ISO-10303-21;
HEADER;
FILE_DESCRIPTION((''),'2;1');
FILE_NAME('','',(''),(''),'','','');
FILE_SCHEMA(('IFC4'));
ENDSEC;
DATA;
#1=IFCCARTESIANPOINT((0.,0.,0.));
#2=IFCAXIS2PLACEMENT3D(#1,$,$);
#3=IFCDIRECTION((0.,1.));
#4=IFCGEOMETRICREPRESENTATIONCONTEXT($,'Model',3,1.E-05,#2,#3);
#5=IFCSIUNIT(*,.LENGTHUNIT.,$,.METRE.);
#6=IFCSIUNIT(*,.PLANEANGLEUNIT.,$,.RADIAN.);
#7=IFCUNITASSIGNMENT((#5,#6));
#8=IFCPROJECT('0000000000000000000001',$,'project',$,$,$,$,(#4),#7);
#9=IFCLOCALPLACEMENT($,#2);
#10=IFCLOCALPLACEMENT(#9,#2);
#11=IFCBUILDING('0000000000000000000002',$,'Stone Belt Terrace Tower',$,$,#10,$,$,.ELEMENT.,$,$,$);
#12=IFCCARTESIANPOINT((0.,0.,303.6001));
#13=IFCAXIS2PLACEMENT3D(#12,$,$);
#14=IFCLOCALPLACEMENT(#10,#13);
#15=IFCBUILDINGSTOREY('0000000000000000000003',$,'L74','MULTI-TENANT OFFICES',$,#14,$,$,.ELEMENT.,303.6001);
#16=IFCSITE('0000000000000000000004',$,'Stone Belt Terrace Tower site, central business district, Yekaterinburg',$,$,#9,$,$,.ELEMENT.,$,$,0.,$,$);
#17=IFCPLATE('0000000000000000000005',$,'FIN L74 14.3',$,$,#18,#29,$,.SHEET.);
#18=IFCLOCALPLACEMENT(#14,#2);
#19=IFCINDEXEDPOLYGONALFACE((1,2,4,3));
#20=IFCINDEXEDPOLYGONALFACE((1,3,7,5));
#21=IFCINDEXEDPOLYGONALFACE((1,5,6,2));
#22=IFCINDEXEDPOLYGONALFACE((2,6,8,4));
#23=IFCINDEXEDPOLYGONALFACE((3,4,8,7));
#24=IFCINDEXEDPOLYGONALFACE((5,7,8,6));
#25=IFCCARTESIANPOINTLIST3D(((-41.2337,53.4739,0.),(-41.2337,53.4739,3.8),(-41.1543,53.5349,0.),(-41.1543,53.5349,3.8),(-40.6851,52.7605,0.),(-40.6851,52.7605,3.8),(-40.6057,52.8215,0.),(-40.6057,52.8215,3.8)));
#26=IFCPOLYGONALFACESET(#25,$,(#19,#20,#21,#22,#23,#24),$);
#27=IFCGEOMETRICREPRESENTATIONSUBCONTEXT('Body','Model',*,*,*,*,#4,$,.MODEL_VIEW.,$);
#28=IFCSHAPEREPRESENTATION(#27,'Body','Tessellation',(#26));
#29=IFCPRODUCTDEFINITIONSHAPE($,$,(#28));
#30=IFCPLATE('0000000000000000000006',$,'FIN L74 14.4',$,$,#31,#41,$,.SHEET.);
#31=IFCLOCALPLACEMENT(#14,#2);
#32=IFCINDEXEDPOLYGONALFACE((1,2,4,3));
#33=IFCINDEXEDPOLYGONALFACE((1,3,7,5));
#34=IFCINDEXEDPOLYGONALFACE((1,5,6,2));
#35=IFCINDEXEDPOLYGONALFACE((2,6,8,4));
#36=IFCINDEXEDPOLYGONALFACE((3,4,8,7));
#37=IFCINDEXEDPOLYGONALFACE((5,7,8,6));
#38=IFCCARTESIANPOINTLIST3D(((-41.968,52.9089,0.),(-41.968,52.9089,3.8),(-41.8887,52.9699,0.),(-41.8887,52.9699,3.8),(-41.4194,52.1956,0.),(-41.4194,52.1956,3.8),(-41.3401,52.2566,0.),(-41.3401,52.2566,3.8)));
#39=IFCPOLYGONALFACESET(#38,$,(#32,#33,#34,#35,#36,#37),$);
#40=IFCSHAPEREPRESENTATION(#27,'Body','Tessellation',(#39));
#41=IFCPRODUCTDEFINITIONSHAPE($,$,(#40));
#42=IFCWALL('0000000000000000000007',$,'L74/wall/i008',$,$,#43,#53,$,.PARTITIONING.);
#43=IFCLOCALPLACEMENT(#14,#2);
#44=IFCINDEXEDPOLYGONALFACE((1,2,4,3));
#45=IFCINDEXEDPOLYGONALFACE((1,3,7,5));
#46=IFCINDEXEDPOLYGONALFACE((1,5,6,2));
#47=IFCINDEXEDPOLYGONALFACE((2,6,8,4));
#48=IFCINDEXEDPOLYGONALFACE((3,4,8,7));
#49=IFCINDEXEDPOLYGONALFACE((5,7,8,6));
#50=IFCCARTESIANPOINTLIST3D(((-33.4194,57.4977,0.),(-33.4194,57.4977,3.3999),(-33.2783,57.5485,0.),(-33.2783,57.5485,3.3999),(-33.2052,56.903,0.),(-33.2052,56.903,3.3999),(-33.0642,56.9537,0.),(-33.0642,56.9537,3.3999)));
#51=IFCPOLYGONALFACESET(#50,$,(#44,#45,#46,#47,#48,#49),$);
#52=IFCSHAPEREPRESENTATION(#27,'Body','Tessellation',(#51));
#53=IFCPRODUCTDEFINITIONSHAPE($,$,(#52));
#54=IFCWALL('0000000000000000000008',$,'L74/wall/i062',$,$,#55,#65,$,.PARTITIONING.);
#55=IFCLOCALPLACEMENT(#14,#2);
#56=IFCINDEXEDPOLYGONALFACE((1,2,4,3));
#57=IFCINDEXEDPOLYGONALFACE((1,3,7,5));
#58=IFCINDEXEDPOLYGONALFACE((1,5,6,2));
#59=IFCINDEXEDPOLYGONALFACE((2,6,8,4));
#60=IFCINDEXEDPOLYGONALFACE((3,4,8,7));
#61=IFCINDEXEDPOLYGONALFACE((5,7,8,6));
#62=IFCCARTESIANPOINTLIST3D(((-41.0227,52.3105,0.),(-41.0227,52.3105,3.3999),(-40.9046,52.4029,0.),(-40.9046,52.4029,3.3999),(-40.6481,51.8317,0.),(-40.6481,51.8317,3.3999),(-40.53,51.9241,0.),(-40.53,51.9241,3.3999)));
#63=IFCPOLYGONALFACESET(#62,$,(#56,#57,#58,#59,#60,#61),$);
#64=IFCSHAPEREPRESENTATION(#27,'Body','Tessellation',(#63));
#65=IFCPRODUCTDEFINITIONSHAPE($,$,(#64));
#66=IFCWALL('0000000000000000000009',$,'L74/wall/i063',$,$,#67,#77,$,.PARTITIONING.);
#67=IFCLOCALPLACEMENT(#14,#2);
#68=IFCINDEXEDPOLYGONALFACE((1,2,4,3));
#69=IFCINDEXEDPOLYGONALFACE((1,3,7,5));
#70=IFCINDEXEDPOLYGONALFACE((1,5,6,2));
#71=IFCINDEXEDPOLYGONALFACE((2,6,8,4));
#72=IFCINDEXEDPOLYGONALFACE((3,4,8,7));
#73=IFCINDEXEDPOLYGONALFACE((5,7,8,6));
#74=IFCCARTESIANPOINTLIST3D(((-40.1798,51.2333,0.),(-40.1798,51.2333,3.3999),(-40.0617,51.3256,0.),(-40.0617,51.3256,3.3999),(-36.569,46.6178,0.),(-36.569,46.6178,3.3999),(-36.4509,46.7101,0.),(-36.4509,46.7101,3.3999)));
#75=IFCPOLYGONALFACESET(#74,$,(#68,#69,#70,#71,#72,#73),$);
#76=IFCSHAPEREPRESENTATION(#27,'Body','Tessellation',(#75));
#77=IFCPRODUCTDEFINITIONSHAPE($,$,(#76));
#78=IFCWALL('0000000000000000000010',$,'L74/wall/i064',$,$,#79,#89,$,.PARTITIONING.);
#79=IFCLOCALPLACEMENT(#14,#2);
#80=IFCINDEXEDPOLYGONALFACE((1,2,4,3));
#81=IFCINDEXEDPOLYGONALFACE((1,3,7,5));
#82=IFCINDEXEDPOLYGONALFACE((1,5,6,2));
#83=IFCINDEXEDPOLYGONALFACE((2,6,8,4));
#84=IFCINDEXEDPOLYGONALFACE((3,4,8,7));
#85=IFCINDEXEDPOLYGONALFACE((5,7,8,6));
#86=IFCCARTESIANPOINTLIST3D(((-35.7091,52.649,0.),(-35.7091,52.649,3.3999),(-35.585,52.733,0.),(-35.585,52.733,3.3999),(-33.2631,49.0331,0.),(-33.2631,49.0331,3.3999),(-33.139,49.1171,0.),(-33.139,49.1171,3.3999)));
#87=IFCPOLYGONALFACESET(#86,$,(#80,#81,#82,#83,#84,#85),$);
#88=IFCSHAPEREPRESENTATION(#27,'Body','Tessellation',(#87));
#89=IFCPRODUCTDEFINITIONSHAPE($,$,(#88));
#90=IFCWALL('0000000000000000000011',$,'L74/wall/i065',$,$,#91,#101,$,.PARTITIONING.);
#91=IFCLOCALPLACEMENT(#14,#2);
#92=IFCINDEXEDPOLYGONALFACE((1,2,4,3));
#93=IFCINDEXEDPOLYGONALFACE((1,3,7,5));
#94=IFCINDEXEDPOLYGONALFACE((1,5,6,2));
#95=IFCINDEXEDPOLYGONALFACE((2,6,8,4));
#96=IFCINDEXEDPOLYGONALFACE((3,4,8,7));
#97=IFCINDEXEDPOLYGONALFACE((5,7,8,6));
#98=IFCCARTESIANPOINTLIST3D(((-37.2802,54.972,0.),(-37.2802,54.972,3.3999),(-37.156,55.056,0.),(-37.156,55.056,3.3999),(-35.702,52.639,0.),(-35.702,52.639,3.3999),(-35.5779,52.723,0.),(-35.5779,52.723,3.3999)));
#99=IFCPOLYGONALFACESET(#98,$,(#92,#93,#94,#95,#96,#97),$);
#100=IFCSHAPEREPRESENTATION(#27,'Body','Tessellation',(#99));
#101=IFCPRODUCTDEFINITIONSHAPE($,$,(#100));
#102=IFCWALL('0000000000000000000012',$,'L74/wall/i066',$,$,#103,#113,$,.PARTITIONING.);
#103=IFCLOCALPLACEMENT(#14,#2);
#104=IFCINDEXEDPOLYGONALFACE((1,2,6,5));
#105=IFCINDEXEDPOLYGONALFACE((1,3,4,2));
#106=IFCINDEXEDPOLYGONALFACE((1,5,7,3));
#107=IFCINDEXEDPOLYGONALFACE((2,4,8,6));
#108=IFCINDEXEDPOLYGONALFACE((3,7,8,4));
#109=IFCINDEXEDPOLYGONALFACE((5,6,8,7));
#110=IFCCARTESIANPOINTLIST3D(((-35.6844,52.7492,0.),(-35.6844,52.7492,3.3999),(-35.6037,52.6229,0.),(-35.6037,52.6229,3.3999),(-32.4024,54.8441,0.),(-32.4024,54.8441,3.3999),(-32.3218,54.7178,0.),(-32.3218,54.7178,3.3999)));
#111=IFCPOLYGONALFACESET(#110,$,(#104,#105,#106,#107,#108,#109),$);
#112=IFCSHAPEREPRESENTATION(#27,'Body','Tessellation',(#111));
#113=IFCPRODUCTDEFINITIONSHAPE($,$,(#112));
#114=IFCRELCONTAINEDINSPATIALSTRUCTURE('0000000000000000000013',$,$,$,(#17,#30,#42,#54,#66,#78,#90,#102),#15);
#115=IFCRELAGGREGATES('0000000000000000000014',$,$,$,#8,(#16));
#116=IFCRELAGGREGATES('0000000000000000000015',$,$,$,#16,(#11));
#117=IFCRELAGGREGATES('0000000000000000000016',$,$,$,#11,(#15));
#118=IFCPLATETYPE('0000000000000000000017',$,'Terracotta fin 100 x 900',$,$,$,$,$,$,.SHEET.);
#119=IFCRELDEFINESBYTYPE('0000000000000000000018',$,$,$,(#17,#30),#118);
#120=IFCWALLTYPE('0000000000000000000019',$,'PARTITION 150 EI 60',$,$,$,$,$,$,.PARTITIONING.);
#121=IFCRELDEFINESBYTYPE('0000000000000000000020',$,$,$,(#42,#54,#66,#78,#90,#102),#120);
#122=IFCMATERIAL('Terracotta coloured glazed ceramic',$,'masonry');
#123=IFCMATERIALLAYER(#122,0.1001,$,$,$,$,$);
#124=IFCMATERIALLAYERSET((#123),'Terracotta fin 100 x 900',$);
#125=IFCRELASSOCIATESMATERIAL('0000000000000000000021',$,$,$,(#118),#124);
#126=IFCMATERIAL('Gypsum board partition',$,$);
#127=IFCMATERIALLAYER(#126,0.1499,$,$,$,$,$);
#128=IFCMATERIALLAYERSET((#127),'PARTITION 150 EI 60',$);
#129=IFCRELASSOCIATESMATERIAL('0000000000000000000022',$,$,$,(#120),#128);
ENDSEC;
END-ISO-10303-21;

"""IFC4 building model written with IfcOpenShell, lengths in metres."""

from ifc_helpers import new_model, si_unit, direction, frame, frame_2d, origin, origin_2d, place, context, subcontext, project, spatial, rectangle, extrude, material, layer, layer_set, type_object, element, save


model = new_model("IFC4")

# Units and contexts
model_context = context("Model", 3, precision=1e-05, world=origin(), true_north=direction((0.0, 1.0)))
body_context = subcontext(model_context, "Body", "Model", "MODEL_VIEW")
ifc_project = project(units=[si_unit("LENGTHUNIT", "METRE"), si_unit("PLANEANGLEUNIT", "RADIAN")], contexts=[model_context])

# Site, building, storey
site_placement = place(None, origin())
site = spatial("IfcSite", under=ifc_project, at=site_placement, Name="Stone Belt Terrace Tower site, central business district, Yekaterinburg", CompositionType="ELEMENT", RefElevation=0.0)
building_placement = place(site_placement, origin())
building = spatial("IfcBuilding", under=site, at=building_placement, Name="Stone Belt Terrace Tower", CompositionType="ELEMENT")
storey_placement = place(building_placement, frame((0.0, 0.0, 303.6001)))
storey = spatial("IfcBuildingStorey", under=building, at=storey_placement, Name="L74", Description="MULTI-TENANT OFFICES", CompositionType="ELEMENT", Elevation=303.6001)

# Plates
ifc_material_1 = material(Name="Terracotta coloured glazed ceramic", Category="masonry")
ifc_layer_1 = layer(ifc_material_1, 0.1001)
ifc_layer_set_1 = layer_set([ifc_layer_1], Name="Terracotta fin 100 x 900")
plate_type_1 = type_object("IfcPlateType", Name="Terracotta fin 100 x 900", PredefinedType="SHEET", material=ifc_layer_set_1)
for number, where, z_axis, x_axis, name in (
    (1, (-40.9197, 53.1477, 0.0), (0.0, 0.0, 1.0), (-0.60962, 0.792694, 0.0), "FIN L74 14.3"),
    (2, (-41.6541, 52.5828, 0.0), (0.0, 0.0, 1.0), (-0.60962, 0.792694, 0.0), "FIN L74 14.4"),
):
    element("IfcPlate", number, at=place(storey_placement, frame(where, z_axis=z_axis, x_axis=x_axis)), inside=storey, type_object=plate_type_1, Name=name, PredefinedType="SHEET", context=body_context, shape_type="SweptSolid", body=[
        extrude(rectangle(XDim=0.8999, YDim=0.1001, at=origin_2d()), origin(), (0.0, 0.0, 1.0), 3.8),
    ])

# Walls
ifc_material_2 = material(Name="Gypsum board partition")
ifc_layer_2 = layer(ifc_material_2, 0.1499)
ifc_layer_set_2 = layer_set([ifc_layer_2], Name="PARTITION 150 EI 60")
wall_type = type_object("IfcWallType", Name="PARTITION 150 EI 60", PredefinedType="PARTITIONING", material=ifc_layer_set_2)
wall_1_placement = place(storey_placement, frame((-33.1348, 56.9285, 0.0), z_axis=(0.0, 0.0, 1.0), x_axis=(-0.338733, 0.940882, 0.0)))
element("IfcWall", 3, at=wall_1_placement, inside=storey, type_object=wall_type, Name="L74/wall/i008", PredefinedType="PARTITIONING", context=body_context, shape_type="SweptSolid", body=[
    extrude(rectangle(XDim=0.6321, YDim=0.1499, at=frame_2d((0.3159, 0.0))), origin(), (0.0, 0.0, 1.0), 3.3999),
])
wall_2_placement = place(storey_placement, frame((-40.9636, 52.3567, 0.0), z_axis=(0.0, 0.0, 1.0), x_axis=(0.616135, -0.787641, 0.0)))
element("IfcWall", 4, at=wall_2_placement, inside=storey, type_object=wall_type, Name="L74/wall/i062", PredefinedType="PARTITIONING", context=body_context, shape_type="SweptSolid", body=[
    extrude(rectangle(XDim=0.6079, YDim=0.1499, at=frame_2d((0.304, 0.0))), origin(), (0.0, 0.0, 1.0), 3.3999),
])
wall_3_placement = place(storey_placement, frame((-40.1208, 51.2795, 0.0), z_axis=(0.0, 0.0, 1.0), x_axis=(0.616173, -0.78761, 0.0)))
element("IfcWall", 5, at=wall_3_placement, inside=storey, type_object=wall_type, Name="L74/wall/i063", PredefinedType="PARTITIONING", context=body_context, shape_type="SweptSolid", body=[
    extrude(rectangle(XDim=5.8601, YDim=0.1499, at=frame_2d((2.9302, 0.0))), origin(), (0.0, 0.0, 1.0), 3.3999),
])
wall_4_placement = place(storey_placement, frame((-35.647, 52.6909, 0.0), z_axis=(0.0, 0.0, 1.0), x_axis=(0.560301, -0.828289, 0.0)))
element("IfcWall", 6, at=wall_4_placement, inside=storey, type_object=wall_type, Name="L74/wall/i064", PredefinedType="PARTITIONING", context=body_context, shape_type="SweptSolid", body=[
    extrude(rectangle(XDim=4.3655, YDim=0.1499, at=frame_2d((2.1826, 0.0))), origin(), (0.0, 0.0, 1.0), 3.3999),
])
wall_5_placement = place(storey_placement, frame((-37.218, 55.0139, 0.0), z_axis=(0.0, 0.0, 1.0), x_axis=(0.560288, -0.828298, 0.0)))
element("IfcWall", 7, at=wall_5_placement, inside=storey, type_object=wall_type, Name="L74/wall/i065", PredefinedType="PARTITIONING", context=body_context, shape_type="SweptSolid", body=[
    extrude(rectangle(XDim=2.8167, YDim=0.1499, at=frame_2d((1.4082, 0.0))), origin(), (0.0, 0.0, 1.0), 3.3999),
])
wall_6_placement = place(storey_placement, frame((-35.644, 52.686, 0.0), z_axis=(0.0, 0.0, 1.0), x_axis=(0.842912, 0.538052, 0.0)))
element("IfcWall", 8, at=wall_6_placement, inside=storey, type_object=wall_type, Name="L74/wall/i066", PredefinedType="PARTITIONING", context=body_context, shape_type="SweptSolid", body=[
    extrude(rectangle(XDim=3.8936, YDim=0.1499, at=frame_2d((1.9468, 0.0))), origin(), (0.0, 0.0, 1.0), 3.3999),
])

save(model, "model.ifc")
